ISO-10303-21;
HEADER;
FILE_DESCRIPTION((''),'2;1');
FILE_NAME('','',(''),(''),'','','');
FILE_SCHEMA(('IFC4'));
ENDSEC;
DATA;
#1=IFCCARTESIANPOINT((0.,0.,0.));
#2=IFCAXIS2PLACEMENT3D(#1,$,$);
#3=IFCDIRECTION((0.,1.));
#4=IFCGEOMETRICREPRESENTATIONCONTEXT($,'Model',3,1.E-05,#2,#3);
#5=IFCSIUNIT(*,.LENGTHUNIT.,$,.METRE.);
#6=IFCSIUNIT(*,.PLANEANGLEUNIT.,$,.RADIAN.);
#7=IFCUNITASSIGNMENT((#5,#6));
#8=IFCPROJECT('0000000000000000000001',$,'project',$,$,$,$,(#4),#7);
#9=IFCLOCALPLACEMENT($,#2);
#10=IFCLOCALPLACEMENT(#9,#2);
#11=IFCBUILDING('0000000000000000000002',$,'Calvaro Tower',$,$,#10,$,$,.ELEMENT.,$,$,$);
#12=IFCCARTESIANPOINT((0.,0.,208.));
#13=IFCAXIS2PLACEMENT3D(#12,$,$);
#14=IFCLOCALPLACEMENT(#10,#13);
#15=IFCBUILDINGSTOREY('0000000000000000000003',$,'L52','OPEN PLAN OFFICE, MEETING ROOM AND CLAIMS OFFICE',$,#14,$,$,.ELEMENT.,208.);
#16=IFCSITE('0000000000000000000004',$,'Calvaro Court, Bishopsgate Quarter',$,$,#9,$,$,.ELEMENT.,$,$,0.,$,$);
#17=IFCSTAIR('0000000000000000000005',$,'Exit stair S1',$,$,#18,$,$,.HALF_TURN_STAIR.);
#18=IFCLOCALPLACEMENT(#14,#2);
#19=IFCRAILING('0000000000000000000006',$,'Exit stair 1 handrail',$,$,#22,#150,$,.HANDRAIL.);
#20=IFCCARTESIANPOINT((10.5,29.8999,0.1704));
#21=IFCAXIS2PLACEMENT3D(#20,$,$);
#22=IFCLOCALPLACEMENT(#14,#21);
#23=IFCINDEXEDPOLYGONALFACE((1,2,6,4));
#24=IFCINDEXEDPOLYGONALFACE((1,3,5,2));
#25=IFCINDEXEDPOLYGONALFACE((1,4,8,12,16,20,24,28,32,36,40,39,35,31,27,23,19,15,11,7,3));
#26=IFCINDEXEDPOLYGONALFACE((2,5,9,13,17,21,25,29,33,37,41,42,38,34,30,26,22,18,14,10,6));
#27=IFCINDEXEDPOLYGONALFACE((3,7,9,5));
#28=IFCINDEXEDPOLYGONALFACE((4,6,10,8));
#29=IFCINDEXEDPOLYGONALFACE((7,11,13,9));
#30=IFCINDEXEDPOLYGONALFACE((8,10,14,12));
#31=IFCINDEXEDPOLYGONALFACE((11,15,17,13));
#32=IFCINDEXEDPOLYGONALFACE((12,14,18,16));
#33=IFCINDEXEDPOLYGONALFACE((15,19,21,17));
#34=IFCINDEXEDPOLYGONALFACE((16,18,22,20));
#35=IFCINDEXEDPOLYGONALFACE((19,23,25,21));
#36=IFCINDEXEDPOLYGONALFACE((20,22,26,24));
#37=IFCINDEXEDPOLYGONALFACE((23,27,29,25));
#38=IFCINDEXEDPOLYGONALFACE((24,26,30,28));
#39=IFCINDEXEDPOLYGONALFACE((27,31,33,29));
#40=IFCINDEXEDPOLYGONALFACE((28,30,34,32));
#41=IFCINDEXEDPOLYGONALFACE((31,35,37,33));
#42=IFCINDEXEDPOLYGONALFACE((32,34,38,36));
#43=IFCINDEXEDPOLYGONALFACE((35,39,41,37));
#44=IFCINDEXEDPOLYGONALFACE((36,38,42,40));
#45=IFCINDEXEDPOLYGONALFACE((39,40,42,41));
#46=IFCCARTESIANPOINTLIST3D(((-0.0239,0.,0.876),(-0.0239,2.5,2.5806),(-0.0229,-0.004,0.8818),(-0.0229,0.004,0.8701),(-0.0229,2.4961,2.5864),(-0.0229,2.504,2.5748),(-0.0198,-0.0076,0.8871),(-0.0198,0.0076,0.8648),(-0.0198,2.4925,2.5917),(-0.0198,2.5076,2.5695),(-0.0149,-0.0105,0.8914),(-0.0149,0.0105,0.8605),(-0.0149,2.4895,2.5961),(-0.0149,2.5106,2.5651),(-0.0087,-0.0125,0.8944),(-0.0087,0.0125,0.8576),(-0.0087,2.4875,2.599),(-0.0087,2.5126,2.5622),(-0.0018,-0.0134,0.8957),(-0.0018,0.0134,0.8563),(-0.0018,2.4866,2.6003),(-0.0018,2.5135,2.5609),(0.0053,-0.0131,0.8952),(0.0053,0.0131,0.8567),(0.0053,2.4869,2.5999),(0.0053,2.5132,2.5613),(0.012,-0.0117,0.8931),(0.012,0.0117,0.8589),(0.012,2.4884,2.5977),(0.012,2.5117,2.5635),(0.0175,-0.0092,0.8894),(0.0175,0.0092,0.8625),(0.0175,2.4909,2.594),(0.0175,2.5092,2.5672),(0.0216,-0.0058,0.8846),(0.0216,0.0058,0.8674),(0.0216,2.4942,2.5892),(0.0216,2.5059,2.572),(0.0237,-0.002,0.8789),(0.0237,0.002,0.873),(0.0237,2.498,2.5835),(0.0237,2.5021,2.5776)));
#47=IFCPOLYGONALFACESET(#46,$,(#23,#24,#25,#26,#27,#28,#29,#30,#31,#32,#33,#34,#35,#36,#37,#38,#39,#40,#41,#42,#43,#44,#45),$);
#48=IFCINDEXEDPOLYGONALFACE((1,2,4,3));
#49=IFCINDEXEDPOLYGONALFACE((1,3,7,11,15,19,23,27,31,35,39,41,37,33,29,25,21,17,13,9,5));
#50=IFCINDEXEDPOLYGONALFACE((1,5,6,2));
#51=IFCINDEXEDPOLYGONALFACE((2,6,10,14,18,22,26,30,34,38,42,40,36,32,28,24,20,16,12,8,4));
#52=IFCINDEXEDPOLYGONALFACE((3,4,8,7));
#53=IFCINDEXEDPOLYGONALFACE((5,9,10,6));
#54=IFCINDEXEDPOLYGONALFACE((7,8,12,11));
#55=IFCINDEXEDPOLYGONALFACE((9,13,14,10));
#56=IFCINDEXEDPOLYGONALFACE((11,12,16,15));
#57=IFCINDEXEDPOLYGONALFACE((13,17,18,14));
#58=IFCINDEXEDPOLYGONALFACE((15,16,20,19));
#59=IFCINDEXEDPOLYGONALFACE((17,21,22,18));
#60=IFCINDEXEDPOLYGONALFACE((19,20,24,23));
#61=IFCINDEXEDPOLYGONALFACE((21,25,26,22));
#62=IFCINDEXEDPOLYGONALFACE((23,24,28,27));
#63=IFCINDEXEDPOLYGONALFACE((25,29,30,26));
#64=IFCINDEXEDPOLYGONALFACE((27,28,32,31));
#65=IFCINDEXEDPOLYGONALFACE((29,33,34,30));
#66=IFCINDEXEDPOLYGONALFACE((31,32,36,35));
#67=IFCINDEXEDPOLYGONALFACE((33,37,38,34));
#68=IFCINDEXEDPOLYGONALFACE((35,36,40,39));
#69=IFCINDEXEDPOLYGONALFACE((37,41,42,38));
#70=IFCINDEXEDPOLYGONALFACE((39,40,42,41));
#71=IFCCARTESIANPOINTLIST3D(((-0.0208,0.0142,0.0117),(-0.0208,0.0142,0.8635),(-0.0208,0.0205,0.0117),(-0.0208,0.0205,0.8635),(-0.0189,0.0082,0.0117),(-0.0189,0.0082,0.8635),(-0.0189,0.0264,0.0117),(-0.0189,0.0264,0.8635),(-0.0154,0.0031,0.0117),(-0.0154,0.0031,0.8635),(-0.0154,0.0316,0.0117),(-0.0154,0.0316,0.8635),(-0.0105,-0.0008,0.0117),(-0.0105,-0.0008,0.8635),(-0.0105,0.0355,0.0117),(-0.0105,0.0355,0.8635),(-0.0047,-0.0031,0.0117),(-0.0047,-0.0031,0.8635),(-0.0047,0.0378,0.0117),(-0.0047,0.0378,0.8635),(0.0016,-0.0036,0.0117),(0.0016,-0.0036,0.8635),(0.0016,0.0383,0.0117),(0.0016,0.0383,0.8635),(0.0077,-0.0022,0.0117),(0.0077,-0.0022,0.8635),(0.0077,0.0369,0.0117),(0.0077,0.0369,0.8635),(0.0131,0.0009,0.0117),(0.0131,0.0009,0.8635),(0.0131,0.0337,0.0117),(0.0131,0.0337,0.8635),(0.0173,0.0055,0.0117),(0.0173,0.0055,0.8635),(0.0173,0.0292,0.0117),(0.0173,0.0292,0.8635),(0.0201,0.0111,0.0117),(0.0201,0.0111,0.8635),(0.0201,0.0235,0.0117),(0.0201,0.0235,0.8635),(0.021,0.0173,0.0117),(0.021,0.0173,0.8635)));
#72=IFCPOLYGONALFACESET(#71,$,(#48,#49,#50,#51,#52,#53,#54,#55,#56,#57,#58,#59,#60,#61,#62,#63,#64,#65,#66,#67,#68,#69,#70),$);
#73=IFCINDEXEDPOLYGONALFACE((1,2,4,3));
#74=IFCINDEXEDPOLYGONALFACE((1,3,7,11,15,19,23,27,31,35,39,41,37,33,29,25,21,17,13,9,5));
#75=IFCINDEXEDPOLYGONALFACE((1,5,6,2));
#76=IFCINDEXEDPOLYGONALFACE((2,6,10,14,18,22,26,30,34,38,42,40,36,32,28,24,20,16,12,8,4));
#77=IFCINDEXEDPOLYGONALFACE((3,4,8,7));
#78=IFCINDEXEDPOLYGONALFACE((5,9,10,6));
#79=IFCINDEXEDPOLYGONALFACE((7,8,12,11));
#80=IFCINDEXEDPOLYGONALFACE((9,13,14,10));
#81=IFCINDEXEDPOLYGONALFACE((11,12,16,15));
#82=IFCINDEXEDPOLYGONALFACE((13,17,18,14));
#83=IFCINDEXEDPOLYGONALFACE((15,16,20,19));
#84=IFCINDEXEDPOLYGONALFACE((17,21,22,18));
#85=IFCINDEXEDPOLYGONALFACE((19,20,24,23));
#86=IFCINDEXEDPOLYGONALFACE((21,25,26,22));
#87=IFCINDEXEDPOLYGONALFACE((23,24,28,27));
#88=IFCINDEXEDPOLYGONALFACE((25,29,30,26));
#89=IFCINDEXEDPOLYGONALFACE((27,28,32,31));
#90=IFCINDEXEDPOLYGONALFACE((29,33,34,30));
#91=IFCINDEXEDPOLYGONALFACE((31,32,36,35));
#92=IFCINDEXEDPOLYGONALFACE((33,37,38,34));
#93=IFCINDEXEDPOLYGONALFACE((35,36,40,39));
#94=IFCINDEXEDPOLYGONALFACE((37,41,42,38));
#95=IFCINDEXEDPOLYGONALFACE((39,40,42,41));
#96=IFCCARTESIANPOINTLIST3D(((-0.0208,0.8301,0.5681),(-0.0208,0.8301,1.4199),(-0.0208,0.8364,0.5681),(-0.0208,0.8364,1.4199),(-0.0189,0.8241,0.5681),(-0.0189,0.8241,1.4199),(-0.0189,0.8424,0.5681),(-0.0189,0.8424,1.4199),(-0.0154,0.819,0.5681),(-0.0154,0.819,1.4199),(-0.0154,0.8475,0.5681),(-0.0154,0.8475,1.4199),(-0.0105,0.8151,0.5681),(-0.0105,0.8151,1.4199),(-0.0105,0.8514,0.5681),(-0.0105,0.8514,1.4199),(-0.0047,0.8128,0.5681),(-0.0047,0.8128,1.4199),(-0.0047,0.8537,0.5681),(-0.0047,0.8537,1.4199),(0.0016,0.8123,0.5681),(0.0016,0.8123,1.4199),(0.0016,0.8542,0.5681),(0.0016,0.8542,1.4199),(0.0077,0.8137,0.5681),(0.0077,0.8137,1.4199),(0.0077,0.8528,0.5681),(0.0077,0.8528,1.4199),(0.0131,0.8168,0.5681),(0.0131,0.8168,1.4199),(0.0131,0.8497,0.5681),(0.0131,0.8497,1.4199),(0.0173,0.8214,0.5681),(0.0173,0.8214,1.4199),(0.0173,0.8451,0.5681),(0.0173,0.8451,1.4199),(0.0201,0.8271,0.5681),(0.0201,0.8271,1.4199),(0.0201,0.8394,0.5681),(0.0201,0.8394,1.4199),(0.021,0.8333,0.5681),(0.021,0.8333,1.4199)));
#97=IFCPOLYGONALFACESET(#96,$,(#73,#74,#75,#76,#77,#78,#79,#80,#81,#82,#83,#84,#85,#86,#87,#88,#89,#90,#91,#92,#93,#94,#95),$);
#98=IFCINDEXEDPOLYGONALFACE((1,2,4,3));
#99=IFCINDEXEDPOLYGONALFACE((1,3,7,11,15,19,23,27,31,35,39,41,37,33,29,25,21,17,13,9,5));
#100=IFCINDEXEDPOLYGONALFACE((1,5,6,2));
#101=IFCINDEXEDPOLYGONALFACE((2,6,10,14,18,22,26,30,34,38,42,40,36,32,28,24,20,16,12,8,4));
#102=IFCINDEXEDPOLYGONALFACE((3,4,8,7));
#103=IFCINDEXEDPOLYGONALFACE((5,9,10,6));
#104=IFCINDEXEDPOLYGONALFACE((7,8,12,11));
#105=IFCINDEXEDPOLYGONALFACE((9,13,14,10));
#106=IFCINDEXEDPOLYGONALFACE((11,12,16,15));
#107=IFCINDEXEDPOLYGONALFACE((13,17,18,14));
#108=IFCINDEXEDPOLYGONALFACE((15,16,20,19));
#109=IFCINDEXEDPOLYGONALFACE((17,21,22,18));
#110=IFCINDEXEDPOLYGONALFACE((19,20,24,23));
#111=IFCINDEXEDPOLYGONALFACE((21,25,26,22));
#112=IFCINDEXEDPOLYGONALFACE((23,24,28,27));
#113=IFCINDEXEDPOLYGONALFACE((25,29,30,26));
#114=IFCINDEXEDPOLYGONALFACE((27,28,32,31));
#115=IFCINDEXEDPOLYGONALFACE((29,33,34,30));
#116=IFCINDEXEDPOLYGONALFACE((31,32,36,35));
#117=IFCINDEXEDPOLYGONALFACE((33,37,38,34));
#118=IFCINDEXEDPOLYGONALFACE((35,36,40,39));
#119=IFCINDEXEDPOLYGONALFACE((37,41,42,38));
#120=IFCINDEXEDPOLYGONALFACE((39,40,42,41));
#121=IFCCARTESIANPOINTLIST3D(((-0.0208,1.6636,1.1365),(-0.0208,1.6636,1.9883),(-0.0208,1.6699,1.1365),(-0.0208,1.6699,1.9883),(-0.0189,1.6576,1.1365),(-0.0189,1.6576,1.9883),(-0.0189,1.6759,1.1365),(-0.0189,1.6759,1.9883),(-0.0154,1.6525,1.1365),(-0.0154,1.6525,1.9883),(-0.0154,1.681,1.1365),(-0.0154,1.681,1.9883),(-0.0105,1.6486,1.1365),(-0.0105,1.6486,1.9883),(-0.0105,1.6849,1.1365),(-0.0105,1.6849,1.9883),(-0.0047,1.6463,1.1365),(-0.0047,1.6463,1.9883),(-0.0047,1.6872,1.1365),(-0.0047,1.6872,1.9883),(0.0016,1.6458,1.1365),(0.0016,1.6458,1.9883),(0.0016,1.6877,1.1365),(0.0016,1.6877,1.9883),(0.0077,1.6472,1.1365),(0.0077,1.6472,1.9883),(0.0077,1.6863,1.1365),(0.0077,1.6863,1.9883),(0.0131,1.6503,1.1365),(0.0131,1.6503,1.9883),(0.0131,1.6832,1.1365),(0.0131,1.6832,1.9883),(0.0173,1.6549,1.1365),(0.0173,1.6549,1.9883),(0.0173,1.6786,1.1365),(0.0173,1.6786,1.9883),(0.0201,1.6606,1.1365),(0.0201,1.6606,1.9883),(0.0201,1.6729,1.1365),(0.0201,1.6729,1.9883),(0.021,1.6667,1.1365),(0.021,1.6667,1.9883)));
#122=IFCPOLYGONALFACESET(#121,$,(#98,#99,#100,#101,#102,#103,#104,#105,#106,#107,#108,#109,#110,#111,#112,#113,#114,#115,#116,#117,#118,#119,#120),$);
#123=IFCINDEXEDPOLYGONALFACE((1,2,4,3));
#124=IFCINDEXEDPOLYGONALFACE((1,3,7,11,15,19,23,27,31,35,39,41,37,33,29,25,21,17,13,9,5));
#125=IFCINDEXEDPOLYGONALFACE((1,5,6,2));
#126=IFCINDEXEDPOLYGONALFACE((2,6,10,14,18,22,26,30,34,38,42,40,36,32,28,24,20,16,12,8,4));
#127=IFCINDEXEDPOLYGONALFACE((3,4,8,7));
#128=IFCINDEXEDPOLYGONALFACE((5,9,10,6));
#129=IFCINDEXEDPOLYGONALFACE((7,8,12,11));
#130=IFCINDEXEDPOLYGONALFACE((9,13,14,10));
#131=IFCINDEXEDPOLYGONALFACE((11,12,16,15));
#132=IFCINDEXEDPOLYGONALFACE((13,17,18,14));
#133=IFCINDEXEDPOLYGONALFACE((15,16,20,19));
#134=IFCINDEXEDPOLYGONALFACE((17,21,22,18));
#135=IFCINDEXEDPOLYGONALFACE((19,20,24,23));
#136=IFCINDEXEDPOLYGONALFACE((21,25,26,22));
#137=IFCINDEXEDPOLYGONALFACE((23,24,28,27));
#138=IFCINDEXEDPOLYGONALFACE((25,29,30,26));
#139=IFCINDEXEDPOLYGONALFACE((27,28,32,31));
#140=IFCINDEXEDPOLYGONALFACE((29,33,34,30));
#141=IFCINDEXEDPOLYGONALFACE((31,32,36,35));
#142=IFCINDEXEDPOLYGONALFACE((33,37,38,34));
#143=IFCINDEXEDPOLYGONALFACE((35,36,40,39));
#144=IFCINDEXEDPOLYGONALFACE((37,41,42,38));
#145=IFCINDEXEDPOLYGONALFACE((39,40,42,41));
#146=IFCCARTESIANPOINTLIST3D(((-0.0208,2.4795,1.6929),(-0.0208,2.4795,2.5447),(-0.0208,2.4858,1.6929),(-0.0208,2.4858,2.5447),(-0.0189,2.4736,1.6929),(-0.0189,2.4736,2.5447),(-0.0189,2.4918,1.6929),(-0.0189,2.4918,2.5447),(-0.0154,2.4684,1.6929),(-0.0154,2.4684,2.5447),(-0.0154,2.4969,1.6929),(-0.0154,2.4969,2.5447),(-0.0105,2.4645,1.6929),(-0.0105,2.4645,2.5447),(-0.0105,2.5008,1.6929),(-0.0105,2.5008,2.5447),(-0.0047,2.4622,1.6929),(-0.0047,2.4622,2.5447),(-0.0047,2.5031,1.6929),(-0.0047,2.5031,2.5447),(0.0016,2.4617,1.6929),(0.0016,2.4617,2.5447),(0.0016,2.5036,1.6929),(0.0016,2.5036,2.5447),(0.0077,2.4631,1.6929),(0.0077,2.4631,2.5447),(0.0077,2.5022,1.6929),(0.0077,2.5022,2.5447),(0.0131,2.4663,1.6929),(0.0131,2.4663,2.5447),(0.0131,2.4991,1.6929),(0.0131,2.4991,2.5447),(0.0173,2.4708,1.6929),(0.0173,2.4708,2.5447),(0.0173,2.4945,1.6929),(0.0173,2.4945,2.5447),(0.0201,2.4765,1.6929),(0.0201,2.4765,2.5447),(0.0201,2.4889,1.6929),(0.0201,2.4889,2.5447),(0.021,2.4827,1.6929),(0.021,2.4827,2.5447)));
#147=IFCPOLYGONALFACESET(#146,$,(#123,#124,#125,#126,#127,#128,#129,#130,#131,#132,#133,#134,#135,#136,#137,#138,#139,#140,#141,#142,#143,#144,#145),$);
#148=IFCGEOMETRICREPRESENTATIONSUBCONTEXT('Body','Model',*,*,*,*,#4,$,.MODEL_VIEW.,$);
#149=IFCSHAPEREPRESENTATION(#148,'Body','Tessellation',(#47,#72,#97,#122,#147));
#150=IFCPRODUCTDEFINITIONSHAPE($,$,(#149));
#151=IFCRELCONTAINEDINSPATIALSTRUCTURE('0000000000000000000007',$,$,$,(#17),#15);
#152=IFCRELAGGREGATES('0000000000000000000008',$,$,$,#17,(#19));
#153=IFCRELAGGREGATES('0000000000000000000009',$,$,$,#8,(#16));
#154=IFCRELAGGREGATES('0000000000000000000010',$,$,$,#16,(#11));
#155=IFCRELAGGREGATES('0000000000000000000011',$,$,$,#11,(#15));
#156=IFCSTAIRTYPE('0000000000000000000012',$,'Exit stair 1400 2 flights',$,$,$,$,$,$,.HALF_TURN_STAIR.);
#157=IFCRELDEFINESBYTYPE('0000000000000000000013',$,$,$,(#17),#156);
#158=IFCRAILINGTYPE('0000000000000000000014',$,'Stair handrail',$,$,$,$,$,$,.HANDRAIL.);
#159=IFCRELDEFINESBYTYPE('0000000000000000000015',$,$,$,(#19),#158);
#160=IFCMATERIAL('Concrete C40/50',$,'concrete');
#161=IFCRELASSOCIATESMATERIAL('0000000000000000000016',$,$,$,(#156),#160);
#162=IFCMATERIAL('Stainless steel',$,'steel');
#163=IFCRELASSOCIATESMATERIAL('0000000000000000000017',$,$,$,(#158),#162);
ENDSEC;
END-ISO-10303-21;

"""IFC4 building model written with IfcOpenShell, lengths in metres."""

from ifc_helpers import new_model, si_unit, direction, frame, origin, origin_2d, place, context, subcontext, project, spatial, circle, extrude, material, type_object, element, aggregate, save


model = new_model("IFC4")

# Units and contexts
model_context = context("Model", 3, precision=1e-05, world=origin(), true_north=direction((0.0, 1.0)))
body_context = subcontext(model_context, "Body", "Model", "MODEL_VIEW")
ifc_project = project(units=[si_unit("LENGTHUNIT", "METRE"), si_unit("PLANEANGLEUNIT", "RADIAN")], contexts=[model_context])

# Site, building, storey
site_placement = place(None, origin())
site = spatial("IfcSite", under=ifc_project, at=site_placement, Name="Calvaro Court, Bishopsgate Quarter", CompositionType="ELEMENT", RefElevation=0.0)
building_placement = place(site_placement, origin())
building = spatial("IfcBuilding", under=site, at=building_placement, Name="Calvaro Tower", CompositionType="ELEMENT")
storey_placement = place(building_placement, frame((0.0, 0.0, 208.0)))
storey = spatial("IfcBuildingStorey", under=building, at=storey_placement, Name="L52", Description="OPEN PLAN OFFICE, MEETING ROOM AND CLAIMS OFFICE", CompositionType="ELEMENT", Elevation=208.0)

# Stair, railing
ifc_material_1 = material(Name="Concrete C40/50", Category="concrete")
stair_type = type_object("IfcStairType", Name="Exit stair 1400 2 flights", PredefinedType="HALF_TURN_STAIR", material=ifc_material_1)
stair_placement = place(storey_placement, origin())
stair = element("IfcStair", 1, at=stair_placement, inside=storey, type_object=stair_type, Name="Exit stair S1", PredefinedType="HALF_TURN_STAIR")
ifc_material_2 = material(Name="Stainless steel", Category="steel")
railing_type = type_object("IfcRailingType", Name="Stair handrail", PredefinedType="HANDRAIL", material=ifc_material_2)
railing_1_placement = place(storey_placement, frame((10.5, 29.8999, 0.1704)))
railing_1 = element("IfcRailing", 2, at=railing_1_placement, type_object=railing_type, Name="Exit stair 1 handrail", PredefinedType="HANDRAIL", context=body_context, shape_type="SweptSolid", body=[
    extrude(circle(Radius=0.0239, at=origin_2d()), frame((0.0, 0.0, 0.876), z_axis=(0.0, 0.826221, 0.563347), x_axis=(-1.0, 0.0, 0.0)), (0.0, 0.0, 1.0), 3.0259),
    extrude(circle(Radius=0.021, at=origin_2d()), frame((0.0, 0.0173, 0.0117)), (0.0, 0.0, 1.0), 0.8518),
    extrude(circle(Radius=0.021, at=origin_2d()), frame((0.0, 0.8333, 0.5681)), (0.0, 0.0, 1.0), 0.8518),
    extrude(circle(Radius=0.021, at=origin_2d()), frame((0.0, 1.6667, 1.1365)), (0.0, 0.0, 1.0), 0.8518),
    extrude(circle(Radius=0.021, at=origin_2d()), frame((0.0, 2.4827, 1.6929)), (0.0, 0.0, 1.0), 0.8518),
])
aggregate(stair, [railing_1])

save(model, "model.ifc")
